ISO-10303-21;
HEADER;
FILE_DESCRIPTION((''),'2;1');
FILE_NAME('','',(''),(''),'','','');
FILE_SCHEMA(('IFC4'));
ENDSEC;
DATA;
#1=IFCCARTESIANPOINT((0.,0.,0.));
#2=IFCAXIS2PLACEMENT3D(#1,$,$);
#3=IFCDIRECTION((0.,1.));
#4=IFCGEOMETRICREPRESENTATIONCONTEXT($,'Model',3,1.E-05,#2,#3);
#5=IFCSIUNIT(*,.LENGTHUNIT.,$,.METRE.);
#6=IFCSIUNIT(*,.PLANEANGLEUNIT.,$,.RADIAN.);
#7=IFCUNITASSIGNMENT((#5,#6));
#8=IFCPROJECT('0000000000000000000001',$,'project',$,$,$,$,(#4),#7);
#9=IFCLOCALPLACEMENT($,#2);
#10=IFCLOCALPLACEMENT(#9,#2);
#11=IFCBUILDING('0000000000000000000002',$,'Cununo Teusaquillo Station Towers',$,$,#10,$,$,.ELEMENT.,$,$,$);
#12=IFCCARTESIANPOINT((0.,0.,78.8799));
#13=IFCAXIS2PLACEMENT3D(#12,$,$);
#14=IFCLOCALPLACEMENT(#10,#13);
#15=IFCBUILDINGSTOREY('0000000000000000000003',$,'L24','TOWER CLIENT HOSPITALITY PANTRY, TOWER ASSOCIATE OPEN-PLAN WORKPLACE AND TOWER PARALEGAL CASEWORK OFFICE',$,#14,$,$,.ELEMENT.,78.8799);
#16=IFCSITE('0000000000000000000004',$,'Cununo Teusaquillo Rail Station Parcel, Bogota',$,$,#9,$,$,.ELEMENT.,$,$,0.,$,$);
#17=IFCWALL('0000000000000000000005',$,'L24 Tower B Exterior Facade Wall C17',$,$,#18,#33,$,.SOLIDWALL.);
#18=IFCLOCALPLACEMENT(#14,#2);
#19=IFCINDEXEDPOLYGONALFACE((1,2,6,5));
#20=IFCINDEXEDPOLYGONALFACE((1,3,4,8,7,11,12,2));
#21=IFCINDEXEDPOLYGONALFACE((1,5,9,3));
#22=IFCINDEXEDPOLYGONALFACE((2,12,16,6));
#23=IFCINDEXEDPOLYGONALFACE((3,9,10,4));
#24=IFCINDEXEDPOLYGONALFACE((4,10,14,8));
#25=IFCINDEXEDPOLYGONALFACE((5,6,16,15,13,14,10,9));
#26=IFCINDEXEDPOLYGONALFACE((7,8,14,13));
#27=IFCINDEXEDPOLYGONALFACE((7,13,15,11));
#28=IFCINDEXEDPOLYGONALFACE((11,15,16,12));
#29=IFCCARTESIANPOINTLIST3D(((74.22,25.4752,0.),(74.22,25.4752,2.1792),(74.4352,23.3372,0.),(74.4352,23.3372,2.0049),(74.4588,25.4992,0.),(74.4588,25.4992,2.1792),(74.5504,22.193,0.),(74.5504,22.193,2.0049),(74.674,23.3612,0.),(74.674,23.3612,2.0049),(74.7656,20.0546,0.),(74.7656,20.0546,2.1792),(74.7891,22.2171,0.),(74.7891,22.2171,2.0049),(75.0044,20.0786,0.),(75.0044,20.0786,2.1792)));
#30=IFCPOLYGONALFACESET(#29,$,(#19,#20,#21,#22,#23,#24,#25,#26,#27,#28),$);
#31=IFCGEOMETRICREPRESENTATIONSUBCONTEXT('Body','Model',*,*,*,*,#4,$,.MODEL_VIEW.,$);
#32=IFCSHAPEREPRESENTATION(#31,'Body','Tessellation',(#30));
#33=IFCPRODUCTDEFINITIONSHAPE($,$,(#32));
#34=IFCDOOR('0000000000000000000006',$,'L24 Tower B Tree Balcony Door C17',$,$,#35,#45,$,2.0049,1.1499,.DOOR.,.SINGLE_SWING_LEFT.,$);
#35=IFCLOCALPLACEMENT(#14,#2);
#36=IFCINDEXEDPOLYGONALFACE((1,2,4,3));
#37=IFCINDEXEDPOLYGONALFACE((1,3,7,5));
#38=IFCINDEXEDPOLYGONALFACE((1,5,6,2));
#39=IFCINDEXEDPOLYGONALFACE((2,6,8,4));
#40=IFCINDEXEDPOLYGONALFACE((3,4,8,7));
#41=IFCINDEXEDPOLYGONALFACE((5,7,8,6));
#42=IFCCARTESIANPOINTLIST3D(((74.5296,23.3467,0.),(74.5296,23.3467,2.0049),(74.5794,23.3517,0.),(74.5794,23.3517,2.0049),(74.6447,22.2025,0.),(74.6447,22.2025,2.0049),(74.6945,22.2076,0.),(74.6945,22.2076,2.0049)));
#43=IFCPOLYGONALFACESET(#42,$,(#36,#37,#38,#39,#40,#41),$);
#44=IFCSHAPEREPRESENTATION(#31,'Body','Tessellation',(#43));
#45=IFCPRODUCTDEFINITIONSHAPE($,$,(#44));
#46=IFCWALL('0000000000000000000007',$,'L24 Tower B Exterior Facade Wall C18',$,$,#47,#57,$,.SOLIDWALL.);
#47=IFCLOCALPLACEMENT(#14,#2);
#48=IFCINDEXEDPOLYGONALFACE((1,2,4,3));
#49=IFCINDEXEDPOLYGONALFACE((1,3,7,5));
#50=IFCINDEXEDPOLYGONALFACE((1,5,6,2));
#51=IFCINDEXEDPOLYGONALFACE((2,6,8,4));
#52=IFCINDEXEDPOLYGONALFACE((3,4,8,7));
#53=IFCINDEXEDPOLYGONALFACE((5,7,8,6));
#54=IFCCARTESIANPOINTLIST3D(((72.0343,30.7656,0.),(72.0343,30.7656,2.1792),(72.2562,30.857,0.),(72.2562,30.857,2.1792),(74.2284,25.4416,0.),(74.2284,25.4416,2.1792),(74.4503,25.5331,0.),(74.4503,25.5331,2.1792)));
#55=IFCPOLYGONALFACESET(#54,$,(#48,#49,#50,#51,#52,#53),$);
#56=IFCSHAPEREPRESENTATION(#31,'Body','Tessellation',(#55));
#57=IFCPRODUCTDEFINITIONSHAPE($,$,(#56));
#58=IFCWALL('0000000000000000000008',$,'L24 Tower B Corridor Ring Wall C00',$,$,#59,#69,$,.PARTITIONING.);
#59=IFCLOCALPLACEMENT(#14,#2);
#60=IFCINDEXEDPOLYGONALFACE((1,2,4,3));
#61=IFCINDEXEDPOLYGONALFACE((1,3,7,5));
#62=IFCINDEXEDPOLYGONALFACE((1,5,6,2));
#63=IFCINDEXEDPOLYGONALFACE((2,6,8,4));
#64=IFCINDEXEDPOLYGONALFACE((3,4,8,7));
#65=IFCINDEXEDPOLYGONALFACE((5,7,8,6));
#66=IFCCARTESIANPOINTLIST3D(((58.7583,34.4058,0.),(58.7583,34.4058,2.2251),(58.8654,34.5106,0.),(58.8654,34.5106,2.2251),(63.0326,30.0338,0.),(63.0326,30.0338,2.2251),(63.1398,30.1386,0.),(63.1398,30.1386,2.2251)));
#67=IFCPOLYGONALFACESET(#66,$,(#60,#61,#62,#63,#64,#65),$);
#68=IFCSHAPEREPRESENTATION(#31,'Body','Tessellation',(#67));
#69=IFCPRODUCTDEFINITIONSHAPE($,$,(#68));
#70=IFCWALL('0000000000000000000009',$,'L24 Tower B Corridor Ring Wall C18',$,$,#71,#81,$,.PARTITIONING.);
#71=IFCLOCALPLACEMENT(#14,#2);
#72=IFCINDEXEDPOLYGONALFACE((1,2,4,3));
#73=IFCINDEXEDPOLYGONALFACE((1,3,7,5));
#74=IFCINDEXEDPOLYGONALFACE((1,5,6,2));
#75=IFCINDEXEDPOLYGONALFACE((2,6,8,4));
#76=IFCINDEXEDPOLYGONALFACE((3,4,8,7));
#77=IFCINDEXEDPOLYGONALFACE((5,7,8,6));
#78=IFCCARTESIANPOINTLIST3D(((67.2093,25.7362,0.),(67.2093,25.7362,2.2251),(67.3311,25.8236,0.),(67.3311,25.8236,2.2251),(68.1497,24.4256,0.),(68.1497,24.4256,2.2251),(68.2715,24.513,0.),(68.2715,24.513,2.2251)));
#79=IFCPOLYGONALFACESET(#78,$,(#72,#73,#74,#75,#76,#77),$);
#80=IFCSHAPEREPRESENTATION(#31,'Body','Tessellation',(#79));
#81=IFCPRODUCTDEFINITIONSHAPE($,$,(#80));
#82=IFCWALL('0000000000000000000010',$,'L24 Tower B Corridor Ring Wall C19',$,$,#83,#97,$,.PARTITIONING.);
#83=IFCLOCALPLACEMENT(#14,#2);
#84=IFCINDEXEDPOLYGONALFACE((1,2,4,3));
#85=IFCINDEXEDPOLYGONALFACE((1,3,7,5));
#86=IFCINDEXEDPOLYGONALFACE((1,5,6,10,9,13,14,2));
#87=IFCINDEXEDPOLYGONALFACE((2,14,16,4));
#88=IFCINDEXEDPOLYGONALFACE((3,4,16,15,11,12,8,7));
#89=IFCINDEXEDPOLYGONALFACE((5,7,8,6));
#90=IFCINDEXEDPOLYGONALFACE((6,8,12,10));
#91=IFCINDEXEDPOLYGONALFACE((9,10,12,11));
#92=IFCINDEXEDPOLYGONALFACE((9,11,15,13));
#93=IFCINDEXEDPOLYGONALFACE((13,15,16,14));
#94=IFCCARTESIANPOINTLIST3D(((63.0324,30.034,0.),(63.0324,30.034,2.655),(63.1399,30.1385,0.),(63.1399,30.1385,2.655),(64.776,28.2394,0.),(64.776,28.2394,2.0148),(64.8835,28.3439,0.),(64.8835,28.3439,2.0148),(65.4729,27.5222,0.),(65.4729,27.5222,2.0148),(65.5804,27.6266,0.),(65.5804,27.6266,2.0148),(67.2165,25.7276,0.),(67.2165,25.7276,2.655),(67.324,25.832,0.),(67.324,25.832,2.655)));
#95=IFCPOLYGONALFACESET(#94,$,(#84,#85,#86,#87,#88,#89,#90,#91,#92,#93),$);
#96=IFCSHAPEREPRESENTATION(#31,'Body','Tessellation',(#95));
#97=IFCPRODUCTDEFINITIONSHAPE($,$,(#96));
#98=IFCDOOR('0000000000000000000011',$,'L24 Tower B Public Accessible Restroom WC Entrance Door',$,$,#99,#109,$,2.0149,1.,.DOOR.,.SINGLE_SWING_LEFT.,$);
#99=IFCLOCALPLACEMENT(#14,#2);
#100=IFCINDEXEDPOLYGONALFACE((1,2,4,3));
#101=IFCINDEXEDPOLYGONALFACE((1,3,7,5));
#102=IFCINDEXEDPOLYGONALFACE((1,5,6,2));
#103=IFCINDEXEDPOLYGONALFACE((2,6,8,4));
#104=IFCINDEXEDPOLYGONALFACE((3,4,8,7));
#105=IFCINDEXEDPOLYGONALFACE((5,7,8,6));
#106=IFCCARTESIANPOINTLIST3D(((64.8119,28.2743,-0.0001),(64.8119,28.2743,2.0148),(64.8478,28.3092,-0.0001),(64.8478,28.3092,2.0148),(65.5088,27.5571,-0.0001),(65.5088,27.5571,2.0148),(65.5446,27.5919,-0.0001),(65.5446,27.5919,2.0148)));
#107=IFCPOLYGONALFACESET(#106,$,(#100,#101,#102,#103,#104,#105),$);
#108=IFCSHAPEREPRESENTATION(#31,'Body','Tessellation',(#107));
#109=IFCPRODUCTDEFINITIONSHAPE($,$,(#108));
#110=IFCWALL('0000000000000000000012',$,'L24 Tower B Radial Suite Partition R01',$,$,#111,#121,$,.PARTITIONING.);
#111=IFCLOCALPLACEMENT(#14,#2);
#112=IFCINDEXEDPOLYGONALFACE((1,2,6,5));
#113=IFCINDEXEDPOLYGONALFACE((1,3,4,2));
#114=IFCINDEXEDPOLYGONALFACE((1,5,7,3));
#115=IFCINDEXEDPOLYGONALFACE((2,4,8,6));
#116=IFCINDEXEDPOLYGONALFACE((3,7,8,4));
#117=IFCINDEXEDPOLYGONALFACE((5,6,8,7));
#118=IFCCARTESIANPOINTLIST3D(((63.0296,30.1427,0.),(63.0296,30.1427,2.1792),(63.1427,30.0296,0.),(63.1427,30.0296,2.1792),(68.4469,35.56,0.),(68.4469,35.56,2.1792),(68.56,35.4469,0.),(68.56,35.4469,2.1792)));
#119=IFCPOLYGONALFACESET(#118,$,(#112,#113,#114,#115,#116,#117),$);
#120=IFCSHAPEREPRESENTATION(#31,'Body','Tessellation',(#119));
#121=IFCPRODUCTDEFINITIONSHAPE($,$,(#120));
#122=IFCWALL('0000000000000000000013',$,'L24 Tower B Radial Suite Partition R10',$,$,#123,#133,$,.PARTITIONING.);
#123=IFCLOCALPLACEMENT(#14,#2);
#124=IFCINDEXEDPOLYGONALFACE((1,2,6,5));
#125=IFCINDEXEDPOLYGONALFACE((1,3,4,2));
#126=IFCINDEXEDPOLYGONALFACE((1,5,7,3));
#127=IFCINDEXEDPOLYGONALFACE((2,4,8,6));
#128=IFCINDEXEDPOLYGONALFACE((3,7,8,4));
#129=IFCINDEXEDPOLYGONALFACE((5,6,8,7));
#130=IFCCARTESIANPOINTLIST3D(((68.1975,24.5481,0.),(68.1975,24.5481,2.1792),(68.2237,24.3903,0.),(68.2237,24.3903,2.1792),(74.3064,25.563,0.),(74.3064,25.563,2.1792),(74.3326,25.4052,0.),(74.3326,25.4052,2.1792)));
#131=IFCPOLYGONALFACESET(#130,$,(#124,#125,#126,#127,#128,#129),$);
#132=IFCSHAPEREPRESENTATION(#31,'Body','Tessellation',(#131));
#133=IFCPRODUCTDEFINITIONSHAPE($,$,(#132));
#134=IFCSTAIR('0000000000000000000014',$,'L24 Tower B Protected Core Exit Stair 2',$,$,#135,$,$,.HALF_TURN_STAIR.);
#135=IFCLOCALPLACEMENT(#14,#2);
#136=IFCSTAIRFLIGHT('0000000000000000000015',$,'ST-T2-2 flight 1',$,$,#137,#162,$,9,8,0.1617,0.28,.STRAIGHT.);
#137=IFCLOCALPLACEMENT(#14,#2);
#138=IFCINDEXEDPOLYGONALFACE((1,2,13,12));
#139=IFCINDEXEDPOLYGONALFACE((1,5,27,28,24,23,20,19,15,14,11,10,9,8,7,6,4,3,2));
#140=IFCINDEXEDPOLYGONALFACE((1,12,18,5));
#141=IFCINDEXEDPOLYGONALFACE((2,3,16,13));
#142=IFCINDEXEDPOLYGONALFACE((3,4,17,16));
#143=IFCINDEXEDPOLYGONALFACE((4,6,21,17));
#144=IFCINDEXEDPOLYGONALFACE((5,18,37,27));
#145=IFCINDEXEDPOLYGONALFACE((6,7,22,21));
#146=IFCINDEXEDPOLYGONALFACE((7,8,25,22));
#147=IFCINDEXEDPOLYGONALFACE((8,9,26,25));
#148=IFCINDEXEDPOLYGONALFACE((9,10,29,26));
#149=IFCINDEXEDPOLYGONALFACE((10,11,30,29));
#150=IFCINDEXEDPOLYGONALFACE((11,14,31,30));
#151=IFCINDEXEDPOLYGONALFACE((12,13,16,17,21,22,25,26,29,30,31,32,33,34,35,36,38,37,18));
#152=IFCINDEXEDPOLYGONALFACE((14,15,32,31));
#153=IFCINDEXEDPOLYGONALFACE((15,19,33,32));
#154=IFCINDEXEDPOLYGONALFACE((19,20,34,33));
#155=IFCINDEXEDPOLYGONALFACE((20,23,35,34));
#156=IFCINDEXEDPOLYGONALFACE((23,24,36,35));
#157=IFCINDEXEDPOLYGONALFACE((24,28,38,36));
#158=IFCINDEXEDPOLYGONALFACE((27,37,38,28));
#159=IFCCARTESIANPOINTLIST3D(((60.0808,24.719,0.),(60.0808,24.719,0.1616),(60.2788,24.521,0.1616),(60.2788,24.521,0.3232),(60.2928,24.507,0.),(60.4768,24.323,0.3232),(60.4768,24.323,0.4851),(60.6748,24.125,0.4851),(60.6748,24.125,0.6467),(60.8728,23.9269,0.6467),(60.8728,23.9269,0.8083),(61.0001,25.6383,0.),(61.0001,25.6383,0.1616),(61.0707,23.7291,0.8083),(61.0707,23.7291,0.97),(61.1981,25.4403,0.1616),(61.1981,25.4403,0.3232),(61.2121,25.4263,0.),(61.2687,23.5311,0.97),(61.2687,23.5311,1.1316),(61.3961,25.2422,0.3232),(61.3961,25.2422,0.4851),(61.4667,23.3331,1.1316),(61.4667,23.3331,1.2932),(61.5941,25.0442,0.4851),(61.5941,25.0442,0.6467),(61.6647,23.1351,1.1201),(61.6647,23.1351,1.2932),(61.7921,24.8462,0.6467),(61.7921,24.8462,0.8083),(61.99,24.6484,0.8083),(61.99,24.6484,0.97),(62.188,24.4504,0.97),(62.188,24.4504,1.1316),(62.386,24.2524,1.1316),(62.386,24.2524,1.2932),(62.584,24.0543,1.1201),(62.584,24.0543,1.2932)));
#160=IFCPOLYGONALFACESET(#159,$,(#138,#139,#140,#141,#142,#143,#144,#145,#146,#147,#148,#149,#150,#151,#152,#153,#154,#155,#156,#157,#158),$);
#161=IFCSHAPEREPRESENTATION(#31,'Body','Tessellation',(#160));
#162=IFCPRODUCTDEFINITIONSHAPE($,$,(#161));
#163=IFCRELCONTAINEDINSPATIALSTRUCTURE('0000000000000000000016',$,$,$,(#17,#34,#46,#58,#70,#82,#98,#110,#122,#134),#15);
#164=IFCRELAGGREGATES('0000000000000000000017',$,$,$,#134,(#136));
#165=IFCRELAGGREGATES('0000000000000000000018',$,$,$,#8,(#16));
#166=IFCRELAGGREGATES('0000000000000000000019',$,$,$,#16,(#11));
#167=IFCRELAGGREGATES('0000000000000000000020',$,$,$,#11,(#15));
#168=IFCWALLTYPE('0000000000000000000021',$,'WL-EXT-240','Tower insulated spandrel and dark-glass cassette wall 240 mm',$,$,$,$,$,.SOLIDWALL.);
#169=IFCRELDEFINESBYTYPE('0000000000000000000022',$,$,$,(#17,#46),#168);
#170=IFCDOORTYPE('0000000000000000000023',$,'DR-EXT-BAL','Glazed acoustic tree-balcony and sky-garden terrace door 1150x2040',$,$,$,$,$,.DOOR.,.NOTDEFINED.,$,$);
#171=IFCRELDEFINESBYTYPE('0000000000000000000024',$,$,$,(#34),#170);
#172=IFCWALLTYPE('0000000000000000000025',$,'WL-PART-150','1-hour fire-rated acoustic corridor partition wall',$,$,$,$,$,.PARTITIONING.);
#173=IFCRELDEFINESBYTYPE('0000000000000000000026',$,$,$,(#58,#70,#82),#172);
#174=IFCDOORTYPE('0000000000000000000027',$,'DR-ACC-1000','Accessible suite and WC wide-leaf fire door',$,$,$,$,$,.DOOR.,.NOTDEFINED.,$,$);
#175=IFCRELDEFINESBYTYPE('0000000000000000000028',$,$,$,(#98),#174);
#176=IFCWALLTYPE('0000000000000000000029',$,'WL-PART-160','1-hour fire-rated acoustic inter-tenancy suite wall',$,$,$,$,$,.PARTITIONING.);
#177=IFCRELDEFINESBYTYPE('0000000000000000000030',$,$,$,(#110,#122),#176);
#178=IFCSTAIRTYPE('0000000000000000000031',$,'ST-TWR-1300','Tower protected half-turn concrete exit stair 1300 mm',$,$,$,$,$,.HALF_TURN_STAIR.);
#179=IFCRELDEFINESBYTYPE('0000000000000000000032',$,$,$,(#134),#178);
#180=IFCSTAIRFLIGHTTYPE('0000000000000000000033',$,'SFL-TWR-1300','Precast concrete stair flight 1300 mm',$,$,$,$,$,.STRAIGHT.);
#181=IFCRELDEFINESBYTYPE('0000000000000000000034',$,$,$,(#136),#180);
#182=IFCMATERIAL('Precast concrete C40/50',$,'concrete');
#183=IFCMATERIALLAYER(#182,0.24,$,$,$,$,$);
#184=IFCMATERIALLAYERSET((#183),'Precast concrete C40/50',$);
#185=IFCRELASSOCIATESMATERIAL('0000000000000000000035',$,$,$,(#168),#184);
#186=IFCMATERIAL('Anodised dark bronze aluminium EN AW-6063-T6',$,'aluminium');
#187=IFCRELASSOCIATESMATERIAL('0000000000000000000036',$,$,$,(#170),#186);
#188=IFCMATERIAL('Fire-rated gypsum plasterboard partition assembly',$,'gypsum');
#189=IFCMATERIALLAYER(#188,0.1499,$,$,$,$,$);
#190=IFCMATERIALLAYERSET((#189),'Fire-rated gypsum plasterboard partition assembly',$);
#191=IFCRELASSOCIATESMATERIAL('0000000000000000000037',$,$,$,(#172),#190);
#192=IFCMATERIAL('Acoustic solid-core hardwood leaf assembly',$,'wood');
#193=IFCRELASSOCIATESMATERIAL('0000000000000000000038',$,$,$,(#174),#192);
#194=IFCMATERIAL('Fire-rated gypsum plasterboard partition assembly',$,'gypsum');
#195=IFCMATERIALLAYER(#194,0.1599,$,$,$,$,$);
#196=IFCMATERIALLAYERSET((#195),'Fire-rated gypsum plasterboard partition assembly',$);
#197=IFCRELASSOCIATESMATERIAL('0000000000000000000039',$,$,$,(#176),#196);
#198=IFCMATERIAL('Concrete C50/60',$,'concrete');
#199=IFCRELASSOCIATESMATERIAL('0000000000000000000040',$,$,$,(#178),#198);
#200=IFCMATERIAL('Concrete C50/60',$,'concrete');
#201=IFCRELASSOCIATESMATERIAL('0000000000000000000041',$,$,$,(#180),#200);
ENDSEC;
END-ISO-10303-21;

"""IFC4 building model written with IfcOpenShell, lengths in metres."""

from ifc_helpers import new_model, si_unit, direction, frame, frame_2d, origin, place, context, subcontext, project, spatial, polyline, rectangle, outline, extrude, source, transform, mapped, material, layer, layer_set, type_object, element, fill, aggregate, save


model = new_model("IFC4")

# Units and contexts
model_context = context("Model", 3, precision=1e-05, world=origin(), true_north=direction((0.0, 1.0)))
body_context = subcontext(model_context, "Body", "Model", "MODEL_VIEW")
ifc_project = project(units=[si_unit("LENGTHUNIT", "METRE"), si_unit("PLANEANGLEUNIT", "RADIAN")], contexts=[model_context])

# Site, building, storey
site_placement = place(None, origin())
site = spatial("IfcSite", under=ifc_project, at=site_placement, Name="Cununo Teusaquillo Rail Station Parcel, Bogota", CompositionType="ELEMENT", RefElevation=0.0)
building_placement = place(site_placement, origin())
building = spatial("IfcBuilding", under=site, at=building_placement, Name="Cununo Teusaquillo Station Towers", CompositionType="ELEMENT")
storey_placement = place(building_placement, frame((0.0, 0.0, 78.8799)))
storey = spatial("IfcBuildingStorey", under=building, at=storey_placement, Name="L24", Description="TOWER CLIENT HOSPITALITY PANTRY, TOWER ASSOCIATE OPEN-PLAN WORKPLACE AND TOWER PARALEGAL CASEWORK OFFICE", CompositionType="ELEMENT", Elevation=78.8799)

# Wall, opening, door
ifc_material_1 = material(Name="Precast concrete C40/50", Category="concrete")
ifc_layer_1 = layer(ifc_material_1, 0.24)
ifc_layer_set_1 = layer_set([ifc_layer_1], Name="Precast concrete C40/50")
wall_type_1 = type_object("IfcWallType", Name="WL-EXT-240", Description="Tower insulated spandrel and dark-glass cassette wall 240 mm", PredefinedType="SOLIDWALL", material=ifc_layer_set_1)
wall_1_placement = place(storey_placement, frame((74.3394, 25.4873, 0.0), z_axis=(0.0, 0.0, 1.0), x_axis=(0.100156, -0.994972, 0.0)))
wall_1 = element("IfcWall", 1, at=wall_1_placement, inside=storey, type_object=wall_type_1, Name="L24 Tower B Exterior Facade Wall C17", PredefinedType="SOLIDWALL", context=body_context, shape_type="SweptSolid", body=[
    extrude(rectangle(XDim=5.448, YDim=0.24, at=frame_2d((2.7241, 0.0))), origin(), (0.0, 0.0, 1.0), 2.1792),
])
shared_shape_1 = source(origin(), body_context, "Body", "SweptSolid", [
    extrude(rectangle(XDim=1.1499, YDim=2.0049, at=frame_2d((0.575, 1.0024))), frame((0.0, 0.1299, 0.0), z_axis=(0.0, -1.0, 0.0), x_axis=(1.0, 0.0, 0.0)), (0.0, 0.0, 1.0), 0.26),
])
opening_1_placement = place(wall_1_placement, frame((2.1489, 0.0, 0.0)))
opening_1 = element("IfcOpeningElement", 2, at=opening_1_placement, cuts=wall_1, PredefinedType="OPENING", context=body_context, shape_type="MappedRepresentation", body=[
    mapped(shared_shape_1, transform((0.0, 0.0, 0.0), x_axis=(1.0, 0.0, 0.0), y_axis=(0.0, 1.0, 0.0), z_axis=(0.0, 0.0, 1.0), scale=1.0)),
])
ifc_material_2 = material(Name="Anodised dark bronze aluminium EN AW-6063-T6", Category="aluminium")
door_type_1 = type_object("IfcDoorType", Name="DR-EXT-BAL", Description="Glazed acoustic tree-balcony and sky-garden terrace door 1150x2040", OperationType="NOTDEFINED", PredefinedType="DOOR", material=ifc_material_2)
shared_shape_2 = source(origin(), body_context, "Body", "SweptSolid", [
    extrude(rectangle(XDim=1.1499, YDim=2.0049, at=frame_2d((0.575, 1.0024))), frame((0.0, 0.0249, 0.0), z_axis=(0.0, -1.0, 0.0), x_axis=(1.0, 0.0, 0.0)), (0.0, 0.0, 1.0), 0.05),
])
door_1_placement = place(opening_1_placement, origin())
door_1 = element("IfcDoor", 3, at=door_1_placement, inside=storey, type_object=door_type_1, Name="L24 Tower B Tree Balcony Door C17", OperationType="SINGLE_SWING_LEFT", OverallHeight=2.0049, OverallWidth=1.1499, PredefinedType="DOOR", context=body_context, shape_type="MappedRepresentation", body=[
    mapped(shared_shape_2, transform((0.0, 0.0, 0.0), x_axis=(1.0, 0.0, 0.0), y_axis=(0.0, 1.0, 0.0), z_axis=(0.0, 0.0, 1.0), scale=1.0)),
])
fill(opening_1, door_1)

# Walls
wall_2_placement = place(storey_placement, frame((72.1453, 30.8113, 0.0), z_axis=(0.0, 0.0, 1.0), x_axis=(0.381027, -0.924564, 0.0)))
element("IfcWall", 4, at=wall_2_placement, inside=storey, type_object=wall_type_1, Name="L24 Tower B Exterior Facade Wall C18", PredefinedType="SOLIDWALL", context=body_context, shape_type="SweptSolid", body=[
    extrude(rectangle(XDim=5.7583, YDim=0.24, at=frame_2d((2.8792, 0.0))), origin(), (0.0, 0.0, 1.0), 2.1792),
])
ifc_material_3 = material(Name="Fire-rated gypsum plasterboard partition assembly", Category="gypsum")
ifc_layer_2 = layer(ifc_material_3, 0.1499)
ifc_layer_set_2 = layer_set([ifc_layer_2], Name="Fire-rated gypsum plasterboard partition assembly")
wall_type_2 = type_object("IfcWallType", Name="WL-PART-150", Description="1-hour fire-rated acoustic corridor partition wall", PredefinedType="PARTITIONING", material=ifc_layer_set_2)
wall_3_placement = place(storey_placement, frame((63.0862, 30.0862, 0.0), z_axis=(0.0, 0.0, 1.0), x_axis=(-0.699076, 0.715047, 0.0)))
element("IfcWall", 5, at=wall_3_placement, inside=storey, type_object=wall_type_2, Name="L24 Tower B Corridor Ring Wall C00", PredefinedType="PARTITIONING", context=body_context, shape_type="SweptSolid", body=[
    extrude(rectangle(XDim=6.1143, YDim=0.1499, at=frame_2d((3.0571, 0.0))), origin(), (0.0, 0.0, 1.0), 2.2251),
])
wall_4_placement = place(storey_placement, frame((68.2107, 24.4692, 0.0), z_axis=(0.0, 0.0, 1.0), x_axis=(-0.583012, 0.812463, 0.0)))
element("IfcWall", 6, at=wall_4_placement, inside=storey, type_object=wall_type_2, Name="L24 Tower B Corridor Ring Wall C18", PredefinedType="PARTITIONING", context=body_context, shape_type="SweptSolid", body=[
    extrude(rectangle(XDim=1.613, YDim=0.1499, at=frame_2d((0.8066, 0.0))), origin(), (0.0, 0.0, 1.0), 2.2251),
])

# Wall, opening, door
wall_5_placement = place(storey_placement, frame((67.2703, 25.7798, 0.0), z_axis=(0.0, 0.0, 1.0), x_axis=(-0.696848, 0.717219, 0.0)))
wall_5 = element("IfcWall", 7, at=wall_5_placement, inside=storey, type_object=wall_type_2, Name="L24 Tower B Corridor Ring Wall C19", PredefinedType="PARTITIONING", context=body_context, shape_type="SweptSolid", body=[
    extrude(rectangle(XDim=6.0044, YDim=0.1499, at=frame_2d((3.0022, 0.0))), origin(), (0.0, 0.0, 1.0), 2.655),
])
shared_shape_3 = source(origin(), body_context, "Body", "SweptSolid", [
    extrude(rectangle(XDim=1.0, YDim=2.0149, at=frame_2d((0.5, 1.0073))), frame((0.0, 0.085, 0.0), z_axis=(0.0, -1.0, 0.0), x_axis=(1.0, 0.0, 0.0)), (0.0, 0.0, 1.0), 0.1699),
])
opening_2_placement = place(wall_5_placement, frame((2.5022, 0.0, 0.0)))
opening_2 = element("IfcOpeningElement", 8, at=opening_2_placement, cuts=wall_5, PredefinedType="OPENING", context=body_context, shape_type="MappedRepresentation", body=[
    mapped(shared_shape_3, transform((0.0, 0.0, 0.0), x_axis=(1.0, 0.0, 0.0), y_axis=(0.0, 1.0, 0.0), z_axis=(0.0, 0.0, 1.0), scale=1.0)),
])
ifc_material_4 = material(Name="Acoustic solid-core hardwood leaf assembly", Category="wood")
door_type_2 = type_object("IfcDoorType", Name="DR-ACC-1000", Description="Accessible suite and WC wide-leaf fire door", OperationType="NOTDEFINED", PredefinedType="DOOR", material=ifc_material_4)
shared_shape_4 = source(origin(), body_context, "Body", "SweptSolid", [
    extrude(rectangle(XDim=1.0, YDim=2.0149, at=frame_2d((0.5, 1.0073))), frame((0.0, 0.0249, 0.0), z_axis=(0.0, -1.0, 0.0), x_axis=(1.0, 0.0, 0.0)), (0.0, 0.0, 1.0), 0.05),
])
door_2_placement = place(opening_2_placement, origin())
door_2 = element("IfcDoor", 9, at=door_2_placement, inside=storey, type_object=door_type_2, Name="L24 Tower B Public Accessible Restroom WC Entrance Door", OperationType="SINGLE_SWING_LEFT", OverallHeight=2.0149, OverallWidth=1.0, PredefinedType="DOOR", context=body_context, shape_type="MappedRepresentation", body=[
    mapped(shared_shape_4, transform((0.0, 0.0, 0.0), x_axis=(1.0, 0.0, 0.0), y_axis=(0.0, 1.0, 0.0), z_axis=(0.0, 0.0, 1.0), scale=1.0)),
])
fill(opening_2, door_2)

# Walls
ifc_material_5 = material(Name="Fire-rated gypsum plasterboard partition assembly", Category="gypsum")
ifc_layer_3 = layer(ifc_material_5, 0.1599)
ifc_layer_set_3 = layer_set([ifc_layer_3], Name="Fire-rated gypsum plasterboard partition assembly")
wall_type_3 = type_object("IfcWallType", Name="WL-PART-160", Description="1-hour fire-rated acoustic inter-tenancy suite wall", PredefinedType="PARTITIONING", material=ifc_layer_set_3)
wall_6_placement = place(storey_placement, frame((63.0862, 30.0862, 0.0), z_axis=(0.0, 0.0, 1.0), x_axis=(0.707107, 0.707107, 0.0)))
element("IfcWall", 10, at=wall_6_placement, inside=storey, type_object=wall_type_3, Name="L24 Tower B Radial Suite Partition R01", PredefinedType="PARTITIONING", context=body_context, shape_type="SweptSolid", body=[
    extrude(rectangle(XDim=7.6611, YDim=0.1599, at=frame_2d((3.8306, 0.0))), origin(), (0.0, 0.0, 1.0), 2.1792),
])
wall_7_placement = place(storey_placement, frame((68.2107, 24.4692, 0.0), z_axis=(0.0, 0.0, 1.0), x_axis=(0.986479, 0.163888, 0.0)))
element("IfcWall", 11, at=wall_7_placement, inside=storey, type_object=wall_type_3, Name="L24 Tower B Radial Suite Partition R10", PredefinedType="PARTITIONING", context=body_context, shape_type="SweptSolid", body=[
    extrude(rectangle(XDim=6.1926, YDim=0.1599, at=frame_2d((3.0962, 0.0))), origin(), (0.0, 0.0, 1.0), 2.1792),
])

# Stair, stair flight
ifc_material_6 = material(Name="Concrete C50/60", Category="concrete")
stair_type = type_object("IfcStairType", Name="ST-TWR-1300", Description="Tower protected half-turn concrete exit stair 1300 mm", PredefinedType="HALF_TURN_STAIR", material=ifc_material_6)
stair_placement = place(storey_placement, origin())
stair = element("IfcStair", 12, at=stair_placement, inside=storey, type_object=stair_type, Name="L24 Tower B Protected Core Exit Stair 2", PredefinedType="HALF_TURN_STAIR")
ifc_material_7 = material(Name="Concrete C50/60", Category="concrete")
stair_flight_type = type_object("IfcStairFlightType", Name="SFL-TWR-1300", Description="Precast concrete stair flight 1300 mm", PredefinedType="STRAIGHT", material=ifc_material_7)
stair_flight_1_placement = place(storey_placement, frame((60.5405, 25.1787, 0.0), z_axis=(0.0, 0.0, 1.0), x_axis=(0.707107, -0.707107, 0.0)))
stair_flight_1 = element("IfcStairFlight", 13, at=stair_flight_1_placement, type_object=stair_flight_type, Name="ST-T2-2 flight 1", NumberOfRisers=9, NumberOfTreads=8, PredefinedType="STRAIGHT", RiserHeight=0.1617, TreadLength=0.28, context=body_context, shape_type="SweptSolid", body=[
    extrude(outline(polyline([(0.0, 0.0), (0.0, 0.1616), (0.28, 0.1616), (0.28, 0.3232), (0.5601, 0.3232), (0.5601, 0.4851), (0.8401, 0.4851), (0.8401, 0.6467), (1.1201, 0.6467), (1.1201, 0.8083), (1.3999, 0.8083), (1.3999, 0.97), (1.6799, 0.97), (1.6799, 1.1316), (1.96, 1.1316), (1.96, 1.2932), (2.24, 1.2932), (2.24, 1.4551), (2.24, 1.1201), (0.2998, 0.0), (0.0, 0.0)])), frame((0.0, 0.6499, 0.0), z_axis=(0.0, -1.0, 0.0), x_axis=(1.0, 0.0, 0.0)), (0.0, 0.0, 1.0), 1.3),
])
aggregate(stair, [stair_flight_1])

save(model, "model.ifc")
